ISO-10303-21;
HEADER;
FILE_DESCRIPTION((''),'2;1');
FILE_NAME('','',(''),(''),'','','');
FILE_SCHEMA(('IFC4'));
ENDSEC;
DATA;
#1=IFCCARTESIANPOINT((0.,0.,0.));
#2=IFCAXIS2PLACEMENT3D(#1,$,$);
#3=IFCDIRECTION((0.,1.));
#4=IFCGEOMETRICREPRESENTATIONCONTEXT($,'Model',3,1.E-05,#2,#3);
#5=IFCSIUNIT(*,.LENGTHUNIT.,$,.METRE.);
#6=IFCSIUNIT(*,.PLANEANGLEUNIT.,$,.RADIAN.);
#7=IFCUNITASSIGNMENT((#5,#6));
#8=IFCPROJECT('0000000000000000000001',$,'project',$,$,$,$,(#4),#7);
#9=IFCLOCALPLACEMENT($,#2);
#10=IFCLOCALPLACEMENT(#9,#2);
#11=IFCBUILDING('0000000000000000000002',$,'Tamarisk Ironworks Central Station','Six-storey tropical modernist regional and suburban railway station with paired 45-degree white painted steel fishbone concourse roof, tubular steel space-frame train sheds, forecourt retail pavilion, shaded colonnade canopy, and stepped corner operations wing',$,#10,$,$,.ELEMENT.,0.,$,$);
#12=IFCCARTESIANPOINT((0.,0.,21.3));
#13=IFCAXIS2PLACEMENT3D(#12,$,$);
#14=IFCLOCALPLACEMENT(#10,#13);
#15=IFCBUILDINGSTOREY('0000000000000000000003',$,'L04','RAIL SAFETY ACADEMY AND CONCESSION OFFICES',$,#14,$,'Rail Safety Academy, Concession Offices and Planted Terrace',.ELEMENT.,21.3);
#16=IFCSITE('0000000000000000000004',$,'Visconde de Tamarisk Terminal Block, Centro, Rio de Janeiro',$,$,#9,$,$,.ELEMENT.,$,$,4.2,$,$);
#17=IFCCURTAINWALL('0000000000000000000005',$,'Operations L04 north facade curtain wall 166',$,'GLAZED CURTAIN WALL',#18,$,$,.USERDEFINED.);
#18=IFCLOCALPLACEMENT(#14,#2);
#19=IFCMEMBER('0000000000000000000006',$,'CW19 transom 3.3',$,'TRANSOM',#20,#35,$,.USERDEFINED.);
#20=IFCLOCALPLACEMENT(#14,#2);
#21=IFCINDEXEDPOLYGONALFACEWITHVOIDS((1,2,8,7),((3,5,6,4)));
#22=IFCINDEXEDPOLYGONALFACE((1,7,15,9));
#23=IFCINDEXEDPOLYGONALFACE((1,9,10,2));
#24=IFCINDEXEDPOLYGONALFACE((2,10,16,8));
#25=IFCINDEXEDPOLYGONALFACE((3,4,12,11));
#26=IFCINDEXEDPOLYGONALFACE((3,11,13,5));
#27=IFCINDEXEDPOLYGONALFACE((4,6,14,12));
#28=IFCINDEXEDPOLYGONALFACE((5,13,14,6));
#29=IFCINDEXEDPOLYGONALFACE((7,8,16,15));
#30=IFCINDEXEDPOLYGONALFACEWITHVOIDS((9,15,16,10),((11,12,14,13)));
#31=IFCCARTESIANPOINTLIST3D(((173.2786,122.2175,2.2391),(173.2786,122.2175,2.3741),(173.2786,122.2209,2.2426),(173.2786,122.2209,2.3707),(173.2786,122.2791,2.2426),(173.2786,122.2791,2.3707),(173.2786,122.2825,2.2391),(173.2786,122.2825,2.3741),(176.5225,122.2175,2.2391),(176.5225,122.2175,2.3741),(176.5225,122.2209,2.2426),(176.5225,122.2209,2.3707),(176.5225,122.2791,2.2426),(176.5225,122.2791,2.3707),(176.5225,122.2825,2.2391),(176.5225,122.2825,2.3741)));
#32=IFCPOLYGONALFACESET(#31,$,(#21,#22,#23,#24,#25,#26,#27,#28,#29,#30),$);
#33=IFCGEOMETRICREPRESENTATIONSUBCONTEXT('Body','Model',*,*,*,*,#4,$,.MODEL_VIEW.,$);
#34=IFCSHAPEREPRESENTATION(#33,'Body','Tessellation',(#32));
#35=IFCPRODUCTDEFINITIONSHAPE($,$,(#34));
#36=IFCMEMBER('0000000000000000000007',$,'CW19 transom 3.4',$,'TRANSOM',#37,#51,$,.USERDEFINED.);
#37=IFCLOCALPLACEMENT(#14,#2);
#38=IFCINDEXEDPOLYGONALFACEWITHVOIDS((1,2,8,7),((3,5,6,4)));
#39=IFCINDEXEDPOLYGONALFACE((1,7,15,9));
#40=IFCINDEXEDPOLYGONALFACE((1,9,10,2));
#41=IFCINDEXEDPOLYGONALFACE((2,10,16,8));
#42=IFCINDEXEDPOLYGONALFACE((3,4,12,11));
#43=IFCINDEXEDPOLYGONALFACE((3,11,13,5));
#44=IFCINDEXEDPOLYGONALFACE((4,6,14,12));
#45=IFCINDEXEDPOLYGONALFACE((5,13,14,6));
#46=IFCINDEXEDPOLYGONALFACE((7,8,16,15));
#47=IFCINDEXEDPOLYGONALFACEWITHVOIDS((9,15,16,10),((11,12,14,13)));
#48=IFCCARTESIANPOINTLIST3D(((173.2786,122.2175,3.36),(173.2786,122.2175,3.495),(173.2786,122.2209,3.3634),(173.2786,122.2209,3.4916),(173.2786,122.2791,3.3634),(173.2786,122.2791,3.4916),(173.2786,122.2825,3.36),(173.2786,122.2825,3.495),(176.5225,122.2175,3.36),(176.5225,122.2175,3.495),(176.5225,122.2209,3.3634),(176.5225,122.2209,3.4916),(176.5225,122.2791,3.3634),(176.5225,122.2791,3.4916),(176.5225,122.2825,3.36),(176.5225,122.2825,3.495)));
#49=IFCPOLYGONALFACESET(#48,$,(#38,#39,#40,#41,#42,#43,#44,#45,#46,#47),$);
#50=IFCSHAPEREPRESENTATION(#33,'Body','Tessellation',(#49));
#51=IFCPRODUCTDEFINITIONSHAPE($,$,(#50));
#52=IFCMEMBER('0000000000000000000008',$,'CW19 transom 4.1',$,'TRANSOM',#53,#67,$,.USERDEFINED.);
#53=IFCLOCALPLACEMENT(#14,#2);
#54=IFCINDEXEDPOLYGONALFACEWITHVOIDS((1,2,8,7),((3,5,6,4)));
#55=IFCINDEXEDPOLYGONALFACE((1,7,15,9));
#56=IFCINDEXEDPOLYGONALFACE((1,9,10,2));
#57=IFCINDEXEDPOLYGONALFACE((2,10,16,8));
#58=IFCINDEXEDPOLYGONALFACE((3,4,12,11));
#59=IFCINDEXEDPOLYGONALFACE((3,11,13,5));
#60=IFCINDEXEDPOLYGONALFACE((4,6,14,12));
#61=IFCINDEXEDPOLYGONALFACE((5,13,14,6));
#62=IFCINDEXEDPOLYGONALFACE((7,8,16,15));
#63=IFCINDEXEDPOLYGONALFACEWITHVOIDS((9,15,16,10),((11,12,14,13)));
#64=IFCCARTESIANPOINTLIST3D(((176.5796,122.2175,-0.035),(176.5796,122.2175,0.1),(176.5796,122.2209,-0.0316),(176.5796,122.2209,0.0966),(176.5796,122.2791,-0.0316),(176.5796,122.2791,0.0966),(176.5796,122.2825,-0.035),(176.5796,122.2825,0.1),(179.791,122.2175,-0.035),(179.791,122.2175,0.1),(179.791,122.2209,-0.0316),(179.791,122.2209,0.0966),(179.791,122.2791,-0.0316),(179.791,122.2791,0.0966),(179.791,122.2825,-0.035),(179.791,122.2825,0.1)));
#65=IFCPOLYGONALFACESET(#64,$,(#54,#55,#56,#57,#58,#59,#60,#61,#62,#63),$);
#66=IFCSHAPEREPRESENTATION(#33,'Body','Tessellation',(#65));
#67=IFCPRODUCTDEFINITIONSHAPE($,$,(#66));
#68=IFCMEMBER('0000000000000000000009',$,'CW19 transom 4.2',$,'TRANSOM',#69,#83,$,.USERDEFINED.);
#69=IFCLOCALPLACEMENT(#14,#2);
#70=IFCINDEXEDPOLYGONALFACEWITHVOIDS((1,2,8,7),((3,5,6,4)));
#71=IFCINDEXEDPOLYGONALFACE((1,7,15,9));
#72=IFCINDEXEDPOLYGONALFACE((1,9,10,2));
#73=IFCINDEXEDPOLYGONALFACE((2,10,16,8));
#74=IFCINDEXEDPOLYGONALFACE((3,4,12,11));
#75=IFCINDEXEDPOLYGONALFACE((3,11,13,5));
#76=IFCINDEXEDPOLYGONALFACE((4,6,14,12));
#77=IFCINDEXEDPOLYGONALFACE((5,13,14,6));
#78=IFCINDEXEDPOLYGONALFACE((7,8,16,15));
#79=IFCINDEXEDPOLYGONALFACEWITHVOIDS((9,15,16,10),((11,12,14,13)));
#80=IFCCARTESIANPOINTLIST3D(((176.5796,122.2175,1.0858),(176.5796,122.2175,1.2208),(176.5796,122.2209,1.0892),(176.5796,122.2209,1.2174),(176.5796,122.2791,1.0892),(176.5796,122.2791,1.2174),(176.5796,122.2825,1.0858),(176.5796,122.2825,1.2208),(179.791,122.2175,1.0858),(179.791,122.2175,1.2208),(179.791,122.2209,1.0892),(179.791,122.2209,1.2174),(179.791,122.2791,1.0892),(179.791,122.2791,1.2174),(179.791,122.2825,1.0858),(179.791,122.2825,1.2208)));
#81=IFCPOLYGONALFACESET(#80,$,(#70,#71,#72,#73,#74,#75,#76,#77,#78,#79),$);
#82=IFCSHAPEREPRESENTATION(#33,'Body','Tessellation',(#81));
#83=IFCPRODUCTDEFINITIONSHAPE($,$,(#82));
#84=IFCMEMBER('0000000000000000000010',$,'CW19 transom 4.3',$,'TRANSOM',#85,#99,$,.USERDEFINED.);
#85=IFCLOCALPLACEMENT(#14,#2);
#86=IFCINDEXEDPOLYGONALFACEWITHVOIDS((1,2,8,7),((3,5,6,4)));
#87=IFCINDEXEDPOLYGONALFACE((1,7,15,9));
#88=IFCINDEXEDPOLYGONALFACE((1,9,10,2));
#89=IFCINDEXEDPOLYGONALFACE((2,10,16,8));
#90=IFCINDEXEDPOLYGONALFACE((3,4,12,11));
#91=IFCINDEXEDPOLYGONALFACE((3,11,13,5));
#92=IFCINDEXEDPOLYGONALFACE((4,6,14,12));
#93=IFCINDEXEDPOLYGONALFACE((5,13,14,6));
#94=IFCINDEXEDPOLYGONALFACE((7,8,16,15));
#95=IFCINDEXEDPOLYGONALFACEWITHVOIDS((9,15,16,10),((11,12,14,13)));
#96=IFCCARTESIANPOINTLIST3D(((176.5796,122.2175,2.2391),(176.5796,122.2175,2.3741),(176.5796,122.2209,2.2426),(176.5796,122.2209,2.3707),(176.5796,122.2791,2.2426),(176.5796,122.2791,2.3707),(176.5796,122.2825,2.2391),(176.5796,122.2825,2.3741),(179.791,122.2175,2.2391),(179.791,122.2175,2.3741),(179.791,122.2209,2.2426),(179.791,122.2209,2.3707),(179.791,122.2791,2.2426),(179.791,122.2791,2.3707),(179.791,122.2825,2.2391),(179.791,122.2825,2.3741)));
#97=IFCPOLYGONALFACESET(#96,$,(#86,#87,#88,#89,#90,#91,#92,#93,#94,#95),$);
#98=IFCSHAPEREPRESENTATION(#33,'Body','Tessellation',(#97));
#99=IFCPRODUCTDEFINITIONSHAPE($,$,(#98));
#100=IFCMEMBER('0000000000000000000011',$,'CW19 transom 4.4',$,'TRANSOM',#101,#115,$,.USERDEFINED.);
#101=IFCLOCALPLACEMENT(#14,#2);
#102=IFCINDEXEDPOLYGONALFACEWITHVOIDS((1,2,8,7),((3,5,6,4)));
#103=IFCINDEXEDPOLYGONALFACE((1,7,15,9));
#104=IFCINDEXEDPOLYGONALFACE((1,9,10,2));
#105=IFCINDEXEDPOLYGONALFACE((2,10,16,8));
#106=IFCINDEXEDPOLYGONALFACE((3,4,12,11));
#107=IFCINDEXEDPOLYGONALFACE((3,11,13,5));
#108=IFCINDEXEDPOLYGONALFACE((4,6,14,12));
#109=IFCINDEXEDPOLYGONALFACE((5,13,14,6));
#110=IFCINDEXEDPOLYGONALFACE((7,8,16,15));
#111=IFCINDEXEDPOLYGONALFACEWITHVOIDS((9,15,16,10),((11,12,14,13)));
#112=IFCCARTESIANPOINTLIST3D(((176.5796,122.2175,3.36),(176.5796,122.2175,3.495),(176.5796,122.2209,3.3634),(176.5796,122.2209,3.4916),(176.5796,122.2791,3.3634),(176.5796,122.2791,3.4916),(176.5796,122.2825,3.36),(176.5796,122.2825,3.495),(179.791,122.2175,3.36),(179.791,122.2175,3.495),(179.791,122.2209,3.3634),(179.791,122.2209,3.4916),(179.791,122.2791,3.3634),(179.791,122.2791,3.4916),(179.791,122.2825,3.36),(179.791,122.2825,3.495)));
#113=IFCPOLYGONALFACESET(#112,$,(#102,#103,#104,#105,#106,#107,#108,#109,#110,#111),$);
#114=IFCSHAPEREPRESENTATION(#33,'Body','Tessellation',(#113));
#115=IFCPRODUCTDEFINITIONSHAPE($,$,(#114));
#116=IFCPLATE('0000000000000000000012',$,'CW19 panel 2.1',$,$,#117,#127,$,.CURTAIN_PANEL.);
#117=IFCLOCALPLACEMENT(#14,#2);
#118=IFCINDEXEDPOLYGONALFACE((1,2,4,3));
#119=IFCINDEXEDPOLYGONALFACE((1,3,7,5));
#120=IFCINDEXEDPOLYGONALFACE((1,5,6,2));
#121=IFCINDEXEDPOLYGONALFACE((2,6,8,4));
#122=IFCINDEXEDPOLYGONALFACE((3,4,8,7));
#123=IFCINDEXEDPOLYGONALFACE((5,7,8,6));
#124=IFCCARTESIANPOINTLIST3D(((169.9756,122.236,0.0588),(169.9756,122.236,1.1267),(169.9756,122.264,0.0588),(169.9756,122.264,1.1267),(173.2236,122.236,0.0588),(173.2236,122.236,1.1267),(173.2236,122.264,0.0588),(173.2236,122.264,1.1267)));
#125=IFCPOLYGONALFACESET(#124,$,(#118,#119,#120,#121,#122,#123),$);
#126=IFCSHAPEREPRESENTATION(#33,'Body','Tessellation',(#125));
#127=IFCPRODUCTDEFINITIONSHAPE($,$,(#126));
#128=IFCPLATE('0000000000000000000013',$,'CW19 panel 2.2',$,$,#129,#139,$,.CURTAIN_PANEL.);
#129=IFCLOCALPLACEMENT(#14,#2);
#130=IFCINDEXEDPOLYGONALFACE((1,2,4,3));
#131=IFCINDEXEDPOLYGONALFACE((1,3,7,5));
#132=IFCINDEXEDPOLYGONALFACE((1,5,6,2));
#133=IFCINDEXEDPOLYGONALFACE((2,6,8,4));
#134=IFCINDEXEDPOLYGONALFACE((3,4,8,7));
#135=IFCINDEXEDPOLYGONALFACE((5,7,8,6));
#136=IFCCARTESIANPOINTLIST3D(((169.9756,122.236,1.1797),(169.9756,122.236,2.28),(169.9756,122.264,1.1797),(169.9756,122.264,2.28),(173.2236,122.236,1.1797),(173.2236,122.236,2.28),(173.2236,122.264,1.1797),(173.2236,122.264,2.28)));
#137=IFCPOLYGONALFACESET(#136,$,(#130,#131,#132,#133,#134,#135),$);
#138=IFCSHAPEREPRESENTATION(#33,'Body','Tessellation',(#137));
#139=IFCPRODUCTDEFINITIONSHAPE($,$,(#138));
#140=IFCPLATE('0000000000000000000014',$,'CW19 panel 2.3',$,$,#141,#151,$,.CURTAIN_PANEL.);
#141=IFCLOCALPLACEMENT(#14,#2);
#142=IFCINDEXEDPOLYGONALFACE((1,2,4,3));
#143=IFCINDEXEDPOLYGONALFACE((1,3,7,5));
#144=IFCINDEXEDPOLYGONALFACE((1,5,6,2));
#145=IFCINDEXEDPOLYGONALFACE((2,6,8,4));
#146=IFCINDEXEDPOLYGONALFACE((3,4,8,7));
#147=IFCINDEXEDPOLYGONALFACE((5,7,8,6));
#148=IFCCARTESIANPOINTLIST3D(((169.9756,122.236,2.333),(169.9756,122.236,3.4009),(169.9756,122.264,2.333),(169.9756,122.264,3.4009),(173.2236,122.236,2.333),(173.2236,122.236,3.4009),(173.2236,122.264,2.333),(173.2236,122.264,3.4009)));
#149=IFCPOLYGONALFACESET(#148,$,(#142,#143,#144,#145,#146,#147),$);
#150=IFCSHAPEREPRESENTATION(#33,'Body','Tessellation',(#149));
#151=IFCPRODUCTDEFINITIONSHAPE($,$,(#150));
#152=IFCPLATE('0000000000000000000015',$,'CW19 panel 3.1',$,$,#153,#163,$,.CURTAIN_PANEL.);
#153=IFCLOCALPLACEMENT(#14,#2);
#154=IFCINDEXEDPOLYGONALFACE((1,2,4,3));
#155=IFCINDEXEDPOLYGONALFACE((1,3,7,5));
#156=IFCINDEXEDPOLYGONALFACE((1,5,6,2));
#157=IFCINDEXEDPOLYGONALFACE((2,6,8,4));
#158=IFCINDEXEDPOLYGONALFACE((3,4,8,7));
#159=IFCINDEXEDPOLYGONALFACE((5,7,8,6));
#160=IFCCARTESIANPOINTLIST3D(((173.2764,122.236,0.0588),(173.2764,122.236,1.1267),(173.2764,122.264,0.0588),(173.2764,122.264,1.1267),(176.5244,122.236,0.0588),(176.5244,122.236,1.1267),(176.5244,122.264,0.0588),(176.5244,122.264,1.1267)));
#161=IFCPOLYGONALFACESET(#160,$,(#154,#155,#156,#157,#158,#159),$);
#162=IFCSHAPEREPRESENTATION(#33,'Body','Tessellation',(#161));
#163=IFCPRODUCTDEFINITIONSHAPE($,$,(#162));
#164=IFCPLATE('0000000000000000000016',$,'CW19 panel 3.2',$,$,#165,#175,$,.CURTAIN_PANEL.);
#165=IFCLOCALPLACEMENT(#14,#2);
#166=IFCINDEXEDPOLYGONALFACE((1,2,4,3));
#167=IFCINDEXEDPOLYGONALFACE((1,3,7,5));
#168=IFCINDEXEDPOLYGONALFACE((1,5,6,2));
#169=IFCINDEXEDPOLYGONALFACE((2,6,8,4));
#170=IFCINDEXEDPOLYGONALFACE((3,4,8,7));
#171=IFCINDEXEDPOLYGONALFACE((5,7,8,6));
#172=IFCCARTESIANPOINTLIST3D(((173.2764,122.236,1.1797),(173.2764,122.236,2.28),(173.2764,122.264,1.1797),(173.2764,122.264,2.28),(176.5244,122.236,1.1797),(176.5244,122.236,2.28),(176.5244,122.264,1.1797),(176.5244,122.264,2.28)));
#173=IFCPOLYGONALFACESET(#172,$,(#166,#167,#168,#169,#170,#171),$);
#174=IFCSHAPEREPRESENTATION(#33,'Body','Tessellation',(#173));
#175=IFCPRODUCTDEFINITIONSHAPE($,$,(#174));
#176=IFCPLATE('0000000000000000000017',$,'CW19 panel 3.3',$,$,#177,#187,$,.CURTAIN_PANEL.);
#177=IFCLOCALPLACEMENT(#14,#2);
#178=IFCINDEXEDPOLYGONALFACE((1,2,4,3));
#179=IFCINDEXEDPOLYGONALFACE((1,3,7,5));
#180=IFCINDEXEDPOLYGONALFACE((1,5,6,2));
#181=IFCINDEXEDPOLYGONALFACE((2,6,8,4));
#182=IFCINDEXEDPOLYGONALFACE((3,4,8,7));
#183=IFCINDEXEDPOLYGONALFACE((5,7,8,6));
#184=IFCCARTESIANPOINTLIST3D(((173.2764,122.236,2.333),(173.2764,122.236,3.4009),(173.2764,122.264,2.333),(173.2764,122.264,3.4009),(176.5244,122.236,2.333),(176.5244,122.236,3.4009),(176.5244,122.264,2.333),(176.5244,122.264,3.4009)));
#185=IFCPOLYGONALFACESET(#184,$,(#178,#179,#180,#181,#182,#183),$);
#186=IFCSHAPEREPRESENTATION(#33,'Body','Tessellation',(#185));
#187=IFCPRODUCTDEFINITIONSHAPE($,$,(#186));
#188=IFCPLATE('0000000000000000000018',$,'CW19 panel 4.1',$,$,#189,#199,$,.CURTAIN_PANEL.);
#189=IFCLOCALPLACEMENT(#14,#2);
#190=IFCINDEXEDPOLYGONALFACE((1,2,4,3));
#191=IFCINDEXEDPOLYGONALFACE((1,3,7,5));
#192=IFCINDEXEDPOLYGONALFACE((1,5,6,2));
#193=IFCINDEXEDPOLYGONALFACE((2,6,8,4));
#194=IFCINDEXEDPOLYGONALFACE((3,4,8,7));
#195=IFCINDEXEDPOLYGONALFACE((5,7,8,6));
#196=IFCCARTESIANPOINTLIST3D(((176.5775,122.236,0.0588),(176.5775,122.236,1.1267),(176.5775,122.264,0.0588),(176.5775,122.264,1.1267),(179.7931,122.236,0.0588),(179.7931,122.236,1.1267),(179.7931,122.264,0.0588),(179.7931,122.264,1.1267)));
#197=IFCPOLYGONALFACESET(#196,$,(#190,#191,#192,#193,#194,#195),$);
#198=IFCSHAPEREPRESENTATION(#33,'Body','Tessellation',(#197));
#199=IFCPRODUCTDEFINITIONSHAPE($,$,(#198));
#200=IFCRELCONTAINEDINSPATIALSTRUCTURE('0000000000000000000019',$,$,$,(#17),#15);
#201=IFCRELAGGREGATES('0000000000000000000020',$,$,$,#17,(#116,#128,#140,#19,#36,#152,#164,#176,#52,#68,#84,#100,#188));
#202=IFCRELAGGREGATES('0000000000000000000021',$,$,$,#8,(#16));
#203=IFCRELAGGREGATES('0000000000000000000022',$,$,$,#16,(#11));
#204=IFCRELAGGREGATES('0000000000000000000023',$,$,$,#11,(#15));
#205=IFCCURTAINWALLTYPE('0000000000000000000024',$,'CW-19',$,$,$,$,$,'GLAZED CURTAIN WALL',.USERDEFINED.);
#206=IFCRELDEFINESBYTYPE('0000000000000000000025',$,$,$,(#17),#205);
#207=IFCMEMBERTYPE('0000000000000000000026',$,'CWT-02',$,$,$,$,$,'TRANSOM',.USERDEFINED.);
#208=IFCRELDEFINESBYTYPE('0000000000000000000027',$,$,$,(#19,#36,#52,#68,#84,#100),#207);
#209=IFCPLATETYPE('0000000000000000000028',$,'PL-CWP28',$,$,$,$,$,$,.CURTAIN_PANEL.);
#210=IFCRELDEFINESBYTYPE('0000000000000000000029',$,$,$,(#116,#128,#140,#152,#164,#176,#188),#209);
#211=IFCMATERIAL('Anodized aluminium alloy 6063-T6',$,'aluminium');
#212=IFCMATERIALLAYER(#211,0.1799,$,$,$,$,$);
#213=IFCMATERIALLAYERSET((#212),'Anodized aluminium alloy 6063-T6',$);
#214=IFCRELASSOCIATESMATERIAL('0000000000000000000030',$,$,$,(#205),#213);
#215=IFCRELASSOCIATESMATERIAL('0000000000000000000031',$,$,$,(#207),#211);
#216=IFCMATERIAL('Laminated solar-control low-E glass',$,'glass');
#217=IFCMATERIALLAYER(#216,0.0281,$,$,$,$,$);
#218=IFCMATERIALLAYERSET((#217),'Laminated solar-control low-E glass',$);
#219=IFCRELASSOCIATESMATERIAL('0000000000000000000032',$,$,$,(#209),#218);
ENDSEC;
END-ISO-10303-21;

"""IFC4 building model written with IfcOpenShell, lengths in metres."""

from ifc_helpers import new_model, si_unit, direction, frame, origin, origin_2d, place, context, subcontext, project, spatial, rectangle, hollow_rectangle, extrude, material, layer, layer_set, material_profile, profile_set, type_object, element, aggregate, save


model = new_model("IFC4")

# Units and contexts
model_context = context("Model", 3, precision=1e-05, world=origin(), true_north=direction((0.0, 1.0)))
body_context = subcontext(model_context, "Body", "Model", "MODEL_VIEW")
ifc_project = project(units=[si_unit("LENGTHUNIT", "METRE"), si_unit("PLANEANGLEUNIT", "RADIAN")], contexts=[model_context])

# Site, building, storey
site_placement = place(None, origin())
site = spatial("IfcSite", under=ifc_project, at=site_placement, Name="Visconde de Tamarisk Terminal Block, Centro, Rio de Janeiro", CompositionType="ELEMENT", RefElevation=4.2)
building_placement = place(site_placement, origin())
building = spatial("IfcBuilding", under=site, at=building_placement, Name="Tamarisk Ironworks Central Station", Description="Six-storey tropical modernist regional and suburban railway station with paired 45-degree white painted steel fishbone concourse roof, tubular steel space-frame train sheds, forecourt retail pavilion, shaded colonnade canopy, and stepped corner operations wing", CompositionType="ELEMENT", ElevationOfRefHeight=0.0)
storey_placement = place(building_placement, frame((0.0, 0.0, 21.3)))
storey = spatial("IfcBuildingStorey", under=building, at=storey_placement, Name="L04", Description="RAIL SAFETY ACADEMY AND CONCESSION OFFICES", LongName="Rail Safety Academy, Concession Offices and Planted Terrace", CompositionType="ELEMENT", Elevation=21.3)

# Curtain wall, members, plates
ifc_material_1 = material(Name="Anodized aluminium alloy 6063-T6", Category="aluminium")
ifc_layer_1 = layer(ifc_material_1, 0.1799)
ifc_layer_set_1 = layer_set([ifc_layer_1], Name="Anodized aluminium alloy 6063-T6")
curtain_wall_type = type_object("IfcCurtainWallType", Name="CW-19", ElementType="GLAZED CURTAIN WALL", PredefinedType="USERDEFINED", material=ifc_layer_set_1)
curtain_wall_placement = place(storey_placement, origin())
curtain_wall = element("IfcCurtainWall", 1, at=curtain_wall_placement, inside=storey, type_object=curtain_wall_type, Name="Operations L04 north facade curtain wall 166", ObjectType="GLAZED CURTAIN WALL", PredefinedType="USERDEFINED")
ifc_material_profile_1 = material_profile(ifc_material_1, hollow_rectangle(XDim=0.0649, YDim=0.135, WallThickness=0.0034, at=origin_2d()), Name="ALUM 135x65")
ifc_profile_set_1 = profile_set([ifc_material_profile_1], Name="Anodized aluminium alloy 6063-T6")
member_type_1 = type_object("IfcMemberType", Name="CWT-02", ElementType="TRANSOM", PredefinedType="USERDEFINED", material=ifc_profile_set_1)
member_1_placement = place(storey_placement, frame((173.2786, 122.25, 2.3066), z_axis=(1.0, 0.0, 0.0), x_axis=(0.0, 1.0, 0.0)))
member_1 = element("IfcMember", 2, at=member_1_placement, type_object=member_type_1, Name="CW19 transom 3.3", ObjectType="TRANSOM", PredefinedType="USERDEFINED", context=body_context, shape_type="SweptSolid", body=[
    extrude(hollow_rectangle(XDim=0.0649, YDim=0.135, WallThickness=0.0034, at=origin_2d()), origin(), (0.0, 0.0, 1.0), 3.2439),
])
member_2_placement = place(storey_placement, frame((173.2786, 122.25, 3.4275), z_axis=(1.0, 0.0, 0.0), x_axis=(0.0, 1.0, 0.0)))
member_2 = element("IfcMember", 3, at=member_2_placement, type_object=member_type_1, Name="CW19 transom 3.4", ObjectType="TRANSOM", PredefinedType="USERDEFINED", context=body_context, shape_type="SweptSolid", body=[
    extrude(hollow_rectangle(XDim=0.0649, YDim=0.135, WallThickness=0.0034, at=origin_2d()), origin(), (0.0, 0.0, 1.0), 3.2439),
])
member_3_placement = place(storey_placement, frame((176.5796, 122.25, 0.0325), z_axis=(1.0, 0.0, 0.0), x_axis=(0.0, 1.0, 0.0)))
member_3 = element("IfcMember", 4, at=member_3_placement, type_object=member_type_1, Name="CW19 transom 4.1", ObjectType="TRANSOM", PredefinedType="USERDEFINED", context=body_context, shape_type="SweptSolid", body=[
    extrude(hollow_rectangle(XDim=0.0649, YDim=0.135, WallThickness=0.0034, at=origin_2d()), origin(), (0.0, 0.0, 1.0), 3.2114),
])
member_4_placement = place(storey_placement, frame((176.5796, 122.25, 1.1533), z_axis=(1.0, 0.0, 0.0), x_axis=(0.0, 1.0, 0.0)))
member_4 = element("IfcMember", 5, at=member_4_placement, type_object=member_type_1, Name="CW19 transom 4.2", ObjectType="TRANSOM", PredefinedType="USERDEFINED", context=body_context, shape_type="SweptSolid", body=[
    extrude(hollow_rectangle(XDim=0.0649, YDim=0.135, WallThickness=0.0034, at=origin_2d()), origin(), (0.0, 0.0, 1.0), 3.2114),
])
member_5_placement = place(storey_placement, frame((176.5796, 122.25, 2.3066), z_axis=(1.0, 0.0, 0.0), x_axis=(0.0, 1.0, 0.0)))
member_5 = element("IfcMember", 6, at=member_5_placement, type_object=member_type_1, Name="CW19 transom 4.3", ObjectType="TRANSOM", PredefinedType="USERDEFINED", context=body_context, shape_type="SweptSolid", body=[
    extrude(hollow_rectangle(XDim=0.0649, YDim=0.135, WallThickness=0.0034, at=origin_2d()), origin(), (0.0, 0.0, 1.0), 3.2114),
])
member_6_placement = place(storey_placement, frame((176.5796, 122.25, 3.4275), z_axis=(1.0, 0.0, 0.0), x_axis=(0.0, 1.0, 0.0)))
member_6 = element("IfcMember", 7, at=member_6_placement, type_object=member_type_1, Name="CW19 transom 4.4", ObjectType="TRANSOM", PredefinedType="USERDEFINED", context=body_context, shape_type="SweptSolid", body=[
    extrude(hollow_rectangle(XDim=0.0649, YDim=0.135, WallThickness=0.0034, at=origin_2d()), origin(), (0.0, 0.0, 1.0), 3.2114),
])
ifc_material_2 = material(Name="Laminated solar-control low-E glass", Category="glass")
ifc_layer_2 = layer(ifc_material_2, 0.0281)
ifc_layer_set_2 = layer_set([ifc_layer_2], Name="Laminated solar-control low-E glass")
plate_type = type_object("IfcPlateType", Name="PL-CWP28", PredefinedType="CURTAIN_PANEL", material=ifc_layer_set_2)
plate_1_placement = place(storey_placement, frame((171.5996, 122.25, 0.0588), z_axis=(0.0, 0.0, 1.0), x_axis=(1.0, 0.0, 0.0)))
plate_1 = element("IfcPlate", 8, at=plate_1_placement, type_object=plate_type, Name="CW19 panel 2.1", PredefinedType="CURTAIN_PANEL", context=body_context, shape_type="SweptSolid", body=[
    extrude(rectangle(XDim=3.248, YDim=0.0281, at=origin_2d()), origin(), (0.0, 0.0, 1.0), 1.0679),
])
plate_2_placement = place(storey_placement, frame((171.5996, 122.25, 1.1797), z_axis=(0.0, 0.0, 1.0), x_axis=(1.0, 0.0, 0.0)))
plate_2 = element("IfcPlate", 9, at=plate_2_placement, type_object=plate_type, Name="CW19 panel 2.2", PredefinedType="CURTAIN_PANEL", context=body_context, shape_type="SweptSolid", body=[
    extrude(rectangle(XDim=3.248, YDim=0.0281, at=origin_2d()), origin(), (0.0, 0.0, 1.0), 1.1003),
])
plate_3_placement = place(storey_placement, frame((171.5996, 122.25, 2.333), z_axis=(0.0, 0.0, 1.0), x_axis=(1.0, 0.0, 0.0)))
plate_3 = element("IfcPlate", 10, at=plate_3_placement, type_object=plate_type, Name="CW19 panel 2.3", PredefinedType="CURTAIN_PANEL", context=body_context, shape_type="SweptSolid", body=[
    extrude(rectangle(XDim=3.248, YDim=0.0281, at=origin_2d()), origin(), (0.0, 0.0, 1.0), 1.0679),
])
plate_4_placement = place(storey_placement, frame((174.9004, 122.25, 0.0588), z_axis=(0.0, 0.0, 1.0), x_axis=(1.0, 0.0, 0.0)))
plate_4 = element("IfcPlate", 11, at=plate_4_placement, type_object=plate_type, Name="CW19 panel 3.1", PredefinedType="CURTAIN_PANEL", context=body_context, shape_type="SweptSolid", body=[
    extrude(rectangle(XDim=3.248, YDim=0.0281, at=origin_2d()), origin(), (0.0, 0.0, 1.0), 1.0679),
])
plate_5_placement = place(storey_placement, frame((174.9004, 122.25, 1.1797), z_axis=(0.0, 0.0, 1.0), x_axis=(1.0, 0.0, 0.0)))
plate_5 = element("IfcPlate", 12, at=plate_5_placement, type_object=plate_type, Name="CW19 panel 3.2", PredefinedType="CURTAIN_PANEL", context=body_context, shape_type="SweptSolid", body=[
    extrude(rectangle(XDim=3.248, YDim=0.0281, at=origin_2d()), origin(), (0.0, 0.0, 1.0), 1.1003),
])
plate_6_placement = place(storey_placement, frame((174.9004, 122.25, 2.333), z_axis=(0.0, 0.0, 1.0), x_axis=(1.0, 0.0, 0.0)))
plate_6 = element("IfcPlate", 13, at=plate_6_placement, type_object=plate_type, Name="CW19 panel 3.3", PredefinedType="CURTAIN_PANEL", context=body_context, shape_type="SweptSolid", body=[
    extrude(rectangle(XDim=3.248, YDim=0.0281, at=origin_2d()), origin(), (0.0, 0.0, 1.0), 1.0679),
])
plate_7_placement = place(storey_placement, frame((178.1853, 122.25, 0.0588), z_axis=(0.0, 0.0, 1.0), x_axis=(1.0, 0.0, 0.0)))
plate_7 = element("IfcPlate", 14, at=plate_7_placement, type_object=plate_type, Name="CW19 panel 4.1", PredefinedType="CURTAIN_PANEL", context=body_context, shape_type="SweptSolid", body=[
    extrude(rectangle(XDim=3.2156, YDim=0.0281, at=origin_2d()), origin(), (0.0, 0.0, 1.0), 1.0679),
])
aggregate(curtain_wall, [plate_1, plate_2, plate_3, member_1, member_2, plate_4, plate_5, plate_6, member_3, member_4, member_5, member_6, plate_7])

save(model, "model.ifc")
